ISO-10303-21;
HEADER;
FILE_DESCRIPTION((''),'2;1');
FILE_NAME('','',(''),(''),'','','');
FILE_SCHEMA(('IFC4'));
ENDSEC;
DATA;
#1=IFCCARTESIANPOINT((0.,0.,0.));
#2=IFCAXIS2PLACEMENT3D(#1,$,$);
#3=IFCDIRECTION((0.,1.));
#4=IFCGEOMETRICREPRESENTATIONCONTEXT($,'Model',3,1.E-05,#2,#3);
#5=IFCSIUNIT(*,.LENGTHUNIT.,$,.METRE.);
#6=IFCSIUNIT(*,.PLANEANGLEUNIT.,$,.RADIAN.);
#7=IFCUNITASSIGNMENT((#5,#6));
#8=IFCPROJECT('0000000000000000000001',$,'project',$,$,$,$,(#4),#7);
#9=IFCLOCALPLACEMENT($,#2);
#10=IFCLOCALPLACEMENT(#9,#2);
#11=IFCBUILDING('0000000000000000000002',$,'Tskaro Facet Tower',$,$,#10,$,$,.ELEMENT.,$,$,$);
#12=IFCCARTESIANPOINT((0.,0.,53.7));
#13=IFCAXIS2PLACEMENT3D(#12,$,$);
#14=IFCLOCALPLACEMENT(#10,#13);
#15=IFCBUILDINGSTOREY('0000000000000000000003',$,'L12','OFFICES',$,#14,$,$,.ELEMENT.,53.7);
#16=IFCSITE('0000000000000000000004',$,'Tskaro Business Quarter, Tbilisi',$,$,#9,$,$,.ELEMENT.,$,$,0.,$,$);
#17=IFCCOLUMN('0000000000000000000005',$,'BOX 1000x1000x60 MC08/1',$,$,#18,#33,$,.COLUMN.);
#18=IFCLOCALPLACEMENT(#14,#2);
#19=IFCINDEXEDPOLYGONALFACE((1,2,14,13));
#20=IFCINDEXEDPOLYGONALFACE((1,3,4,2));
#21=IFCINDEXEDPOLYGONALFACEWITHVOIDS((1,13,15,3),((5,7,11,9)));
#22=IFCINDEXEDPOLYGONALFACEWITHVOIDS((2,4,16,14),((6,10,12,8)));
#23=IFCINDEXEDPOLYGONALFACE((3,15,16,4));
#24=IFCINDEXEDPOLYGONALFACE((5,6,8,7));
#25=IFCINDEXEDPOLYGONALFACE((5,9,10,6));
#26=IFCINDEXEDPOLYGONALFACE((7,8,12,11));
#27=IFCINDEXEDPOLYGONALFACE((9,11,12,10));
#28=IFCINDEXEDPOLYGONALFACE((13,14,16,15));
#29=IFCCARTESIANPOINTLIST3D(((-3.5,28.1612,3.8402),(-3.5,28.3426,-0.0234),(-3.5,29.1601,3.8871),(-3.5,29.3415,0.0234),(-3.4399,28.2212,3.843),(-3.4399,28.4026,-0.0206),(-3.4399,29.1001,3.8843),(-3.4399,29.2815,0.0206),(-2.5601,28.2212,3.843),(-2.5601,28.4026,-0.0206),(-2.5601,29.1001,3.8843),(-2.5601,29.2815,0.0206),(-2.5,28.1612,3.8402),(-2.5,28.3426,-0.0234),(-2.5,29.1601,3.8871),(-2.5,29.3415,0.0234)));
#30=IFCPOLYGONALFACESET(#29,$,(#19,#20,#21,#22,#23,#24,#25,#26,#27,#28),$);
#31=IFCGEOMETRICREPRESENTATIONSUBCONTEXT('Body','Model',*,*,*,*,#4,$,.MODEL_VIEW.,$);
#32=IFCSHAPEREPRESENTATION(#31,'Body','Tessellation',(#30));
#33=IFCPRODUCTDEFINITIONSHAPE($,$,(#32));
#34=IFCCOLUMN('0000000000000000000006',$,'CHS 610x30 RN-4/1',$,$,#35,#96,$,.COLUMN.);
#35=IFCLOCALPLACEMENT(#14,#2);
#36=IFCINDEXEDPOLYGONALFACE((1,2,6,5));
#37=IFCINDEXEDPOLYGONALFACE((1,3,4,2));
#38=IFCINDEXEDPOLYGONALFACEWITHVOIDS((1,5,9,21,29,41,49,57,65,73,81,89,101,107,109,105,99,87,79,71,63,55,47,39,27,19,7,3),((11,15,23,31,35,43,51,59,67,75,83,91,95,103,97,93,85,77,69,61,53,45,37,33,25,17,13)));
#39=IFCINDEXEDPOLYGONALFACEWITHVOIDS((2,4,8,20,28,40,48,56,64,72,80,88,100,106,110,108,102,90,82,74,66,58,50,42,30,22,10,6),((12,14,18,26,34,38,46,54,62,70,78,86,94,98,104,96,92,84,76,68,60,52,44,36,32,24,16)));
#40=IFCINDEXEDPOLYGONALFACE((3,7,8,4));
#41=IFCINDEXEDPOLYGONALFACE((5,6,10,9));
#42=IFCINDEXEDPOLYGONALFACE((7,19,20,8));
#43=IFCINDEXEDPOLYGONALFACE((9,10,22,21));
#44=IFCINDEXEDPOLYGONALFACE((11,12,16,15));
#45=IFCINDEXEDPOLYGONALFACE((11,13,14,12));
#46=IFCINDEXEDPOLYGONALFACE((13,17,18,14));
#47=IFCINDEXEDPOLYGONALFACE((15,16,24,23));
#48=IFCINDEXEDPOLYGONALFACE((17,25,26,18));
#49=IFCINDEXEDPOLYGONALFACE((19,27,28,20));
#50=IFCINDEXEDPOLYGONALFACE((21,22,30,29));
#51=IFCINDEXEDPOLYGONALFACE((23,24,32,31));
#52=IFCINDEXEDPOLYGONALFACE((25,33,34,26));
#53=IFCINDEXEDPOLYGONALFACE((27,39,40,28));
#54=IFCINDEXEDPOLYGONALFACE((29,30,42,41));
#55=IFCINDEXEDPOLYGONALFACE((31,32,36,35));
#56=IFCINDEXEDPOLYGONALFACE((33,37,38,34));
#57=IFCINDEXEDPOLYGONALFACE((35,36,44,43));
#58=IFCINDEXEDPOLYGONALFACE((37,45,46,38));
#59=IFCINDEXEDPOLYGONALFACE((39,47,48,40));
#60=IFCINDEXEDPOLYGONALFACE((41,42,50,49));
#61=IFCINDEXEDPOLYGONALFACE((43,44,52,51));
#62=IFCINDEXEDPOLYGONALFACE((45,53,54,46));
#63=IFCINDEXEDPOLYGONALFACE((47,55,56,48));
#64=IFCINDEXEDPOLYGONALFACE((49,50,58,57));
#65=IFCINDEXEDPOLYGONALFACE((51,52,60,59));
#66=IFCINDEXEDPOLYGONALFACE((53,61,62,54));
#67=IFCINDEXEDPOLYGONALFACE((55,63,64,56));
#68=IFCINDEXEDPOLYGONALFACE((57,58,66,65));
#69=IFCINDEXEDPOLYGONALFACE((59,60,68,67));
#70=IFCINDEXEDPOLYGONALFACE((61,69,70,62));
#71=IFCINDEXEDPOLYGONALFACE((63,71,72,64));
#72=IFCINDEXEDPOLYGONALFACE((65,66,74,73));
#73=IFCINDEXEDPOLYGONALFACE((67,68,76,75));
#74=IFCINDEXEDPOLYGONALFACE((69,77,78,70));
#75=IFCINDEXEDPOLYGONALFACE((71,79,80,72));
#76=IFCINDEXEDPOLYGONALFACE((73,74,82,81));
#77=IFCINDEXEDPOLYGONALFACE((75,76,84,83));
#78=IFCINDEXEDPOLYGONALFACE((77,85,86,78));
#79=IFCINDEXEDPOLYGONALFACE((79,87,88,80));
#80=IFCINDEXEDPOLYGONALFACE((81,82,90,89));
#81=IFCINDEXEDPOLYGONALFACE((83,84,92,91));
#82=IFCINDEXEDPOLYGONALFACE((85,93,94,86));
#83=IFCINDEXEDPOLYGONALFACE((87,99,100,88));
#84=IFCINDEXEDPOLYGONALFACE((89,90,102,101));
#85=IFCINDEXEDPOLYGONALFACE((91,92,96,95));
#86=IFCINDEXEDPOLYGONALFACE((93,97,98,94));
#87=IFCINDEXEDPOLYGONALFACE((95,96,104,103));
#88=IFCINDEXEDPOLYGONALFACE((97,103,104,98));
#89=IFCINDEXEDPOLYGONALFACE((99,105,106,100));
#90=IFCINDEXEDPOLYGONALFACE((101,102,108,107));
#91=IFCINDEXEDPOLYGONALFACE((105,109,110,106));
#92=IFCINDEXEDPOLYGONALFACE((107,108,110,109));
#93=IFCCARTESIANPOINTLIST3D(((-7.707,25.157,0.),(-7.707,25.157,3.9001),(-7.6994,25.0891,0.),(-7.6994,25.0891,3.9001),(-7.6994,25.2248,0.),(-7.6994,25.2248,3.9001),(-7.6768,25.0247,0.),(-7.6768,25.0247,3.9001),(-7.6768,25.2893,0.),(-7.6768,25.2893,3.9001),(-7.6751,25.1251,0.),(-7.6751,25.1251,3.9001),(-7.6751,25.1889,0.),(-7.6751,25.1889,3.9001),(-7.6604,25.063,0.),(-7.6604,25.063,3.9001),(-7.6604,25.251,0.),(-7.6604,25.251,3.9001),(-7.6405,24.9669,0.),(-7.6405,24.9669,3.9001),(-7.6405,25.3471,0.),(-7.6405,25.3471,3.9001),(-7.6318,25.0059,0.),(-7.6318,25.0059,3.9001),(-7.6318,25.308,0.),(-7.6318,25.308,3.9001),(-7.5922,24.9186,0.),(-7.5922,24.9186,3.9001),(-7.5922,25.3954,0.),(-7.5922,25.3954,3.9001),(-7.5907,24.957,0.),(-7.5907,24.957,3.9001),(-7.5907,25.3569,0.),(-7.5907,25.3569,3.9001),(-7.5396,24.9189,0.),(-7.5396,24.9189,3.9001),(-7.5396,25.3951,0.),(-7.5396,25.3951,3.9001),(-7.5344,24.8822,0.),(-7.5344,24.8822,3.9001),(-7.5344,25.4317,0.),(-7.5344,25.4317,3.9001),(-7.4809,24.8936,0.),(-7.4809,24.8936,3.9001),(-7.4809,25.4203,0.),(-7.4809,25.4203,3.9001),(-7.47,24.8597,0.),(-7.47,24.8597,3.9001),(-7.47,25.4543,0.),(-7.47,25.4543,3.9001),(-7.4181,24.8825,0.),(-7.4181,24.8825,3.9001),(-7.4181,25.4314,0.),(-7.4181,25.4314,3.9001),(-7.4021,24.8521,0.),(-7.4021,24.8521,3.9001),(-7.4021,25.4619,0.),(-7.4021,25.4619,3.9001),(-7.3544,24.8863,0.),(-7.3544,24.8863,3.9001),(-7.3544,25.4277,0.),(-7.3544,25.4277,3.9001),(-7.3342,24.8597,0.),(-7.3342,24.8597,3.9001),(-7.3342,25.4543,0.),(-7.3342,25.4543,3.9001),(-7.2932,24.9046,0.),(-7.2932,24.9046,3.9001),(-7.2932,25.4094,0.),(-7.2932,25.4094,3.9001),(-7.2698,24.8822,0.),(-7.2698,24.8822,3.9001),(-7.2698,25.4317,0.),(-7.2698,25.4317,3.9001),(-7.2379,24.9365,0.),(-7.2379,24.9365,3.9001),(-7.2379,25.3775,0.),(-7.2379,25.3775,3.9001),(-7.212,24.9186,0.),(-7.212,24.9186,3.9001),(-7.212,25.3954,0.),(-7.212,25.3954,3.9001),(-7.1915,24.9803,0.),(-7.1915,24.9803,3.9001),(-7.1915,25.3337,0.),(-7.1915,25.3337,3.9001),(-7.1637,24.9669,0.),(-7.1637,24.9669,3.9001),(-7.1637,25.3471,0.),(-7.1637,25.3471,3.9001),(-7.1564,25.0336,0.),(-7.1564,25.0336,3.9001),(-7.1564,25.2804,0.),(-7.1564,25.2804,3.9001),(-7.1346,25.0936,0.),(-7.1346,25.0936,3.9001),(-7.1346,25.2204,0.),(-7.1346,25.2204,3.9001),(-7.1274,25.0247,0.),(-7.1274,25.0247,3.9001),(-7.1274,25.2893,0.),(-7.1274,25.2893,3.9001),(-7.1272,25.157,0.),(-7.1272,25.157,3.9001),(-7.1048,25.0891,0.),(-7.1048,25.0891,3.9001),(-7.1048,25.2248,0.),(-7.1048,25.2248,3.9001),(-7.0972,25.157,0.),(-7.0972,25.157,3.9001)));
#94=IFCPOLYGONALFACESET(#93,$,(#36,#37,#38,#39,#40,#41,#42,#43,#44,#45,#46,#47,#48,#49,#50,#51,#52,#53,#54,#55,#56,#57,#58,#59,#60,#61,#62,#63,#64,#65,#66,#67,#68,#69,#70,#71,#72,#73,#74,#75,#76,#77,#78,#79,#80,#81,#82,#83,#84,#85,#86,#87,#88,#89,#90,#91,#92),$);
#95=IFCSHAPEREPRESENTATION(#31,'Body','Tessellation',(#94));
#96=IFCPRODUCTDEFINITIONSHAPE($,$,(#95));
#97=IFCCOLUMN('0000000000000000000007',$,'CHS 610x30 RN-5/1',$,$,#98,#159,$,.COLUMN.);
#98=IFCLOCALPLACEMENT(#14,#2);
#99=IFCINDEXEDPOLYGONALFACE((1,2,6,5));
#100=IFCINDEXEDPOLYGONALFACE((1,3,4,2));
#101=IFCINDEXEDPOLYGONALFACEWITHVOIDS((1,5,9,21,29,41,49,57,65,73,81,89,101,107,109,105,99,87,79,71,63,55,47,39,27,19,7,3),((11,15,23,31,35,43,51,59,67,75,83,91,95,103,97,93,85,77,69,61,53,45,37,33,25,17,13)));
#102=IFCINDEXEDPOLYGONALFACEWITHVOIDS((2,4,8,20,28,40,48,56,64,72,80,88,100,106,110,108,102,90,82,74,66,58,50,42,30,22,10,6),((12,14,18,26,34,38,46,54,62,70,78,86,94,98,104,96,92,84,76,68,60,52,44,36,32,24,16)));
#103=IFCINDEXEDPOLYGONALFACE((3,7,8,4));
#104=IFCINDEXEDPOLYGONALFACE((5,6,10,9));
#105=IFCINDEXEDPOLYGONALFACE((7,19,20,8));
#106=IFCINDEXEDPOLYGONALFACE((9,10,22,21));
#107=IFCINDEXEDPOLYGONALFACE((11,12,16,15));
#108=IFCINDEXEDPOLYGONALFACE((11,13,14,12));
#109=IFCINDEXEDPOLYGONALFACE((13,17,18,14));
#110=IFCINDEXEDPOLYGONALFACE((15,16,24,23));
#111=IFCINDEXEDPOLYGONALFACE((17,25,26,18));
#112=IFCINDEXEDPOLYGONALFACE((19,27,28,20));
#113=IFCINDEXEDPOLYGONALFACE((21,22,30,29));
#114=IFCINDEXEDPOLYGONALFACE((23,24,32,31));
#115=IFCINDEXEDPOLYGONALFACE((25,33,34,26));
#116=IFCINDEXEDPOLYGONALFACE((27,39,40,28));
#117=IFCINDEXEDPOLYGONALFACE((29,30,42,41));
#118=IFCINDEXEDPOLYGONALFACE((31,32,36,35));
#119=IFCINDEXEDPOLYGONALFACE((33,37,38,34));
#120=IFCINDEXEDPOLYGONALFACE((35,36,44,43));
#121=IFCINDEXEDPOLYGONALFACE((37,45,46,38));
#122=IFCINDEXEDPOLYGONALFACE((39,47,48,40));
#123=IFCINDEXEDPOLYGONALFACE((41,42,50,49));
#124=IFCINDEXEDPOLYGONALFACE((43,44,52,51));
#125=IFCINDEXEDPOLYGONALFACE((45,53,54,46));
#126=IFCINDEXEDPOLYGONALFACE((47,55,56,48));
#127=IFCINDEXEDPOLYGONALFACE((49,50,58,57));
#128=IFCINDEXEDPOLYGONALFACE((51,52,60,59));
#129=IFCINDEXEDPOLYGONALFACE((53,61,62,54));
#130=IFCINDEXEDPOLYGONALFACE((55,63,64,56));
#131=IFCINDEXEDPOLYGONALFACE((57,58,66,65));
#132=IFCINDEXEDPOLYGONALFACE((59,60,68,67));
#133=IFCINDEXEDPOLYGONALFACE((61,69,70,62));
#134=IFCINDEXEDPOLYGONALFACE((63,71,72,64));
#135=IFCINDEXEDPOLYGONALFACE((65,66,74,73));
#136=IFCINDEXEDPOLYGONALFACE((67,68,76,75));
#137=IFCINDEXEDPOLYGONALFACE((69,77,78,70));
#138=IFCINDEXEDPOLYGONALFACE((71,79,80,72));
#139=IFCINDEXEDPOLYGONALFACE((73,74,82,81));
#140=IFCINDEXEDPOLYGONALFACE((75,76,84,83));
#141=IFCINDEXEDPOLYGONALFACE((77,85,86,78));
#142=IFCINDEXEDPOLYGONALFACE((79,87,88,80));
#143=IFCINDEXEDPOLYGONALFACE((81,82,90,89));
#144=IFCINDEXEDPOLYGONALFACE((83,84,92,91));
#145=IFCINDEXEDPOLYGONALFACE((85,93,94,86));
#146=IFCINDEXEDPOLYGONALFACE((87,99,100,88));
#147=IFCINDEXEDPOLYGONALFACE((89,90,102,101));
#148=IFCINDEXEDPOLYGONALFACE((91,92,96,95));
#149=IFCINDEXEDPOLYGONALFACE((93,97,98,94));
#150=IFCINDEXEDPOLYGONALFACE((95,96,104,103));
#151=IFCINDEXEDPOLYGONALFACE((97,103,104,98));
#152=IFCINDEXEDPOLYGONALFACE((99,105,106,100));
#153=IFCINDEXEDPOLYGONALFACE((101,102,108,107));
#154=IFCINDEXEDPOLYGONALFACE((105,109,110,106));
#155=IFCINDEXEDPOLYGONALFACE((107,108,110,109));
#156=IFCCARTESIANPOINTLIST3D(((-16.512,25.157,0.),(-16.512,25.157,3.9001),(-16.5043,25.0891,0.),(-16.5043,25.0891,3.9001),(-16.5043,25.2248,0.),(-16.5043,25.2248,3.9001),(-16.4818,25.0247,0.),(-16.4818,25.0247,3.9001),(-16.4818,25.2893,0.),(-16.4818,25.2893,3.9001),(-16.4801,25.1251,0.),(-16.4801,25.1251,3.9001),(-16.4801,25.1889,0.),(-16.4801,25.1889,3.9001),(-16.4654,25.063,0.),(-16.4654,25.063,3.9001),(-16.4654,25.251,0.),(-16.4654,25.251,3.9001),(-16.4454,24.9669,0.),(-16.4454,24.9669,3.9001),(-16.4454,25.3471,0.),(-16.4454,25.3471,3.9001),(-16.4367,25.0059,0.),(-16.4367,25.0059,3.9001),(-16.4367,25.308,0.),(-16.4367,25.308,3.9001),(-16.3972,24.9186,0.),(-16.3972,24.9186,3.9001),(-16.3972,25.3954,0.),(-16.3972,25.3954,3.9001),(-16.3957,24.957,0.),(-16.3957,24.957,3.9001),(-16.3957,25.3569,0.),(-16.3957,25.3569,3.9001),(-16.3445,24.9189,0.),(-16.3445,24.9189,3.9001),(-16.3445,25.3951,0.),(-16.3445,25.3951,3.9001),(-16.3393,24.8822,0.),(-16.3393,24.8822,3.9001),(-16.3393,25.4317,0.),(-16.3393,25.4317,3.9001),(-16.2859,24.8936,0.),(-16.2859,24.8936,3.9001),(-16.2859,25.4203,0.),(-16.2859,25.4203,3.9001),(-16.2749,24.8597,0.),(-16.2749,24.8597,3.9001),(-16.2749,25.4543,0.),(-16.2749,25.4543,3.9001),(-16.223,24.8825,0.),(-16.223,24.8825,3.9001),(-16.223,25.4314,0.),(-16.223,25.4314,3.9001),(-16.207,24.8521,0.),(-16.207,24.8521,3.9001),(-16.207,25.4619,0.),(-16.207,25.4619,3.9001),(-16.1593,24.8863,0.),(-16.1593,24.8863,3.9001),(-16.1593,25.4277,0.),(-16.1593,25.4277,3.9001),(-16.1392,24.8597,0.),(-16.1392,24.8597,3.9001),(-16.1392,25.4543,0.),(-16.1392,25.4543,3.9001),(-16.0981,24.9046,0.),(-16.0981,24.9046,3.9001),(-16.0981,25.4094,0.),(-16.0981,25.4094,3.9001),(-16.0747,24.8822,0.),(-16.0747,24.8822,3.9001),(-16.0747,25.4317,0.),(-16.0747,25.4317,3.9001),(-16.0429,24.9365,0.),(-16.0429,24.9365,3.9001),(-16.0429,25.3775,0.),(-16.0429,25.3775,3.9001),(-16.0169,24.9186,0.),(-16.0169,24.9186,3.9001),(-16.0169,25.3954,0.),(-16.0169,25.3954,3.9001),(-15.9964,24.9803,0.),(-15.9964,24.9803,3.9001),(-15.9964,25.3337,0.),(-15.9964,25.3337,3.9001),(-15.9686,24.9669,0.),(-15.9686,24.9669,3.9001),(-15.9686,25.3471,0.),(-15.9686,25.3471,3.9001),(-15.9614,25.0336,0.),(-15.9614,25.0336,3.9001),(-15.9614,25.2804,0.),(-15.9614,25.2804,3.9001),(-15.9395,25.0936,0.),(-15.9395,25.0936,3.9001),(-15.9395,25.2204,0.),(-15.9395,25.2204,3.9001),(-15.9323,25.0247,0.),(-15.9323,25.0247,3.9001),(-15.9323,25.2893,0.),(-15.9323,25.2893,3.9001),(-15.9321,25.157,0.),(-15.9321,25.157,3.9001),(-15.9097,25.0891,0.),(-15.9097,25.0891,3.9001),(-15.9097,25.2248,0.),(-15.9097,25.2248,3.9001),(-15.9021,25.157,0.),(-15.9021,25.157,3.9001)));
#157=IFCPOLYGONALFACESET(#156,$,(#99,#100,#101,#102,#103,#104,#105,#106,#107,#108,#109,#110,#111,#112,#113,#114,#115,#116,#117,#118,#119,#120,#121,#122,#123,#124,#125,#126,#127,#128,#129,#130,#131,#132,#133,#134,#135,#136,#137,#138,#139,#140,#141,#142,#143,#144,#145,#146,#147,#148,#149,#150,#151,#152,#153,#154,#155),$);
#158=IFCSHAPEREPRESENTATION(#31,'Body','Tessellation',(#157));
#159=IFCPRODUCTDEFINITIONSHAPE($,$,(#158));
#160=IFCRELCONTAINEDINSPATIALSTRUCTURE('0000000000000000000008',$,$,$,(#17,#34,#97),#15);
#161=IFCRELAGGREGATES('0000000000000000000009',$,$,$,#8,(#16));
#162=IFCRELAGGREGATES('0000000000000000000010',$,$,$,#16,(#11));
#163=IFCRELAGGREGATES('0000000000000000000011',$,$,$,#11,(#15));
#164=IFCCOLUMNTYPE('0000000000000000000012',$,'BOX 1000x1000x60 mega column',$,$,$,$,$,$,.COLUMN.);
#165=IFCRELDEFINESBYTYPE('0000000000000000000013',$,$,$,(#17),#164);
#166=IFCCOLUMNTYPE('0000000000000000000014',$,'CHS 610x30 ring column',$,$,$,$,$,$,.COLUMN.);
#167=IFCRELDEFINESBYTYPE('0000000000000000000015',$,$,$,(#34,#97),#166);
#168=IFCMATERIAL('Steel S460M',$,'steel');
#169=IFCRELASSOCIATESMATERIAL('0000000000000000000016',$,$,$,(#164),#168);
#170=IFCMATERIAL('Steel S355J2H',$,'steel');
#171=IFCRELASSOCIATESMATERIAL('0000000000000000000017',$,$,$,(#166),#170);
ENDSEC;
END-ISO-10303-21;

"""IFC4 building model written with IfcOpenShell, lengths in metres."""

from ifc_helpers import new_model, si_unit, direction, frame, origin, origin_2d, place, context, subcontext, project, spatial, hollow_rectangle, hollow_circle, extrude, material, material_profile, profile_set, type_object, element, save


model = new_model("IFC4")

# Units and contexts
model_context = context("Model", 3, precision=1e-05, world=origin(), true_north=direction((0.0, 1.0)))
body_context = subcontext(model_context, "Body", "Model", "MODEL_VIEW")
ifc_project = project(units=[si_unit("LENGTHUNIT", "METRE"), si_unit("PLANEANGLEUNIT", "RADIAN")], contexts=[model_context])

# Site, building, storey
site_placement = place(None, origin())
site = spatial("IfcSite", under=ifc_project, at=site_placement, Name="Tskaro Business Quarter, Tbilisi", CompositionType="ELEMENT", RefElevation=0.0)
building_placement = place(site_placement, origin())
building = spatial("IfcBuilding", under=site, at=building_placement, Name="Tskaro Facet Tower", CompositionType="ELEMENT")
storey_placement = place(building_placement, frame((0.0, 0.0, 53.7)))
storey = spatial("IfcBuildingStorey", under=building, at=storey_placement, Name="L12", Description="OFFICES", CompositionType="ELEMENT", Elevation=53.7)

# Columns
ifc_material_1 = material(Name="Steel S460M", Category="steel")
ifc_material_profile_1 = material_profile(ifc_material_1, hollow_rectangle(XDim=1.0, YDim=1.0, WallThickness=0.0601, at=origin_2d()), Name="BOX 1000x1000x60")
ifc_profile_set_1 = profile_set([ifc_material_profile_1], Name="Steel S460M")
column_type_1 = type_object("IfcColumnType", Name="BOX 1000x1000x60 mega column", PredefinedType="COLUMN", material=ifc_profile_set_1)
column_placement = place(storey_placement, frame((-3.0, 28.842, 0.0), z_axis=(0.0, -0.046896, 0.9989), x_axis=(1.0, 0.0, 0.0)))
element("IfcColumn", 1, at=column_placement, inside=storey, type_object=column_type_1, Name="BOX 1000x1000x60 MC08/1", PredefinedType="COLUMN", context=body_context, shape_type="SweptSolid", body=[
    extrude(hollow_rectangle(XDim=1.0, YDim=1.0, WallThickness=0.0601, at=origin_2d()), origin(), (0.0, 0.0, 1.0), 3.8679),
])
ifc_material_2 = material(Name="Steel S355J2H", Category="steel")
ifc_material_profile_2 = material_profile(ifc_material_2, hollow_circle(Radius=0.3049, WallThickness=0.03, at=origin_2d()), Name="CHS 610x30")
ifc_profile_set_2 = profile_set([ifc_material_profile_2], Name="Steel S355J2H")
column_type_2 = type_object("IfcColumnType", Name="CHS 610x30 ring column", PredefinedType="COLUMN", material=ifc_profile_set_2)
for number, where, z_axis, x_axis, name in (
    (2, (-7.4021, 25.157, 0.0), (0.0, 0.0, 1.0), (1.0, 0.0, 0.0), "CHS 610x30 RN-4/1"),
    (3, (-16.207, 25.157, 0.0), (0.0, 0.0, 1.0), (1.0, 0.0, 0.0), "CHS 610x30 RN-5/1"),
):
    element("IfcColumn", number, at=place(storey_placement, frame(where, z_axis=z_axis, x_axis=x_axis)), inside=storey, type_object=column_type_2, Name=name, PredefinedType="COLUMN", context=body_context, shape_type="SweptSolid", body=[
        extrude(hollow_circle(Radius=0.3049, WallThickness=0.03, at=origin_2d()), origin(), (0.0, 0.0, 1.0), 3.9001),
    ])

save(model, "model.ifc")
